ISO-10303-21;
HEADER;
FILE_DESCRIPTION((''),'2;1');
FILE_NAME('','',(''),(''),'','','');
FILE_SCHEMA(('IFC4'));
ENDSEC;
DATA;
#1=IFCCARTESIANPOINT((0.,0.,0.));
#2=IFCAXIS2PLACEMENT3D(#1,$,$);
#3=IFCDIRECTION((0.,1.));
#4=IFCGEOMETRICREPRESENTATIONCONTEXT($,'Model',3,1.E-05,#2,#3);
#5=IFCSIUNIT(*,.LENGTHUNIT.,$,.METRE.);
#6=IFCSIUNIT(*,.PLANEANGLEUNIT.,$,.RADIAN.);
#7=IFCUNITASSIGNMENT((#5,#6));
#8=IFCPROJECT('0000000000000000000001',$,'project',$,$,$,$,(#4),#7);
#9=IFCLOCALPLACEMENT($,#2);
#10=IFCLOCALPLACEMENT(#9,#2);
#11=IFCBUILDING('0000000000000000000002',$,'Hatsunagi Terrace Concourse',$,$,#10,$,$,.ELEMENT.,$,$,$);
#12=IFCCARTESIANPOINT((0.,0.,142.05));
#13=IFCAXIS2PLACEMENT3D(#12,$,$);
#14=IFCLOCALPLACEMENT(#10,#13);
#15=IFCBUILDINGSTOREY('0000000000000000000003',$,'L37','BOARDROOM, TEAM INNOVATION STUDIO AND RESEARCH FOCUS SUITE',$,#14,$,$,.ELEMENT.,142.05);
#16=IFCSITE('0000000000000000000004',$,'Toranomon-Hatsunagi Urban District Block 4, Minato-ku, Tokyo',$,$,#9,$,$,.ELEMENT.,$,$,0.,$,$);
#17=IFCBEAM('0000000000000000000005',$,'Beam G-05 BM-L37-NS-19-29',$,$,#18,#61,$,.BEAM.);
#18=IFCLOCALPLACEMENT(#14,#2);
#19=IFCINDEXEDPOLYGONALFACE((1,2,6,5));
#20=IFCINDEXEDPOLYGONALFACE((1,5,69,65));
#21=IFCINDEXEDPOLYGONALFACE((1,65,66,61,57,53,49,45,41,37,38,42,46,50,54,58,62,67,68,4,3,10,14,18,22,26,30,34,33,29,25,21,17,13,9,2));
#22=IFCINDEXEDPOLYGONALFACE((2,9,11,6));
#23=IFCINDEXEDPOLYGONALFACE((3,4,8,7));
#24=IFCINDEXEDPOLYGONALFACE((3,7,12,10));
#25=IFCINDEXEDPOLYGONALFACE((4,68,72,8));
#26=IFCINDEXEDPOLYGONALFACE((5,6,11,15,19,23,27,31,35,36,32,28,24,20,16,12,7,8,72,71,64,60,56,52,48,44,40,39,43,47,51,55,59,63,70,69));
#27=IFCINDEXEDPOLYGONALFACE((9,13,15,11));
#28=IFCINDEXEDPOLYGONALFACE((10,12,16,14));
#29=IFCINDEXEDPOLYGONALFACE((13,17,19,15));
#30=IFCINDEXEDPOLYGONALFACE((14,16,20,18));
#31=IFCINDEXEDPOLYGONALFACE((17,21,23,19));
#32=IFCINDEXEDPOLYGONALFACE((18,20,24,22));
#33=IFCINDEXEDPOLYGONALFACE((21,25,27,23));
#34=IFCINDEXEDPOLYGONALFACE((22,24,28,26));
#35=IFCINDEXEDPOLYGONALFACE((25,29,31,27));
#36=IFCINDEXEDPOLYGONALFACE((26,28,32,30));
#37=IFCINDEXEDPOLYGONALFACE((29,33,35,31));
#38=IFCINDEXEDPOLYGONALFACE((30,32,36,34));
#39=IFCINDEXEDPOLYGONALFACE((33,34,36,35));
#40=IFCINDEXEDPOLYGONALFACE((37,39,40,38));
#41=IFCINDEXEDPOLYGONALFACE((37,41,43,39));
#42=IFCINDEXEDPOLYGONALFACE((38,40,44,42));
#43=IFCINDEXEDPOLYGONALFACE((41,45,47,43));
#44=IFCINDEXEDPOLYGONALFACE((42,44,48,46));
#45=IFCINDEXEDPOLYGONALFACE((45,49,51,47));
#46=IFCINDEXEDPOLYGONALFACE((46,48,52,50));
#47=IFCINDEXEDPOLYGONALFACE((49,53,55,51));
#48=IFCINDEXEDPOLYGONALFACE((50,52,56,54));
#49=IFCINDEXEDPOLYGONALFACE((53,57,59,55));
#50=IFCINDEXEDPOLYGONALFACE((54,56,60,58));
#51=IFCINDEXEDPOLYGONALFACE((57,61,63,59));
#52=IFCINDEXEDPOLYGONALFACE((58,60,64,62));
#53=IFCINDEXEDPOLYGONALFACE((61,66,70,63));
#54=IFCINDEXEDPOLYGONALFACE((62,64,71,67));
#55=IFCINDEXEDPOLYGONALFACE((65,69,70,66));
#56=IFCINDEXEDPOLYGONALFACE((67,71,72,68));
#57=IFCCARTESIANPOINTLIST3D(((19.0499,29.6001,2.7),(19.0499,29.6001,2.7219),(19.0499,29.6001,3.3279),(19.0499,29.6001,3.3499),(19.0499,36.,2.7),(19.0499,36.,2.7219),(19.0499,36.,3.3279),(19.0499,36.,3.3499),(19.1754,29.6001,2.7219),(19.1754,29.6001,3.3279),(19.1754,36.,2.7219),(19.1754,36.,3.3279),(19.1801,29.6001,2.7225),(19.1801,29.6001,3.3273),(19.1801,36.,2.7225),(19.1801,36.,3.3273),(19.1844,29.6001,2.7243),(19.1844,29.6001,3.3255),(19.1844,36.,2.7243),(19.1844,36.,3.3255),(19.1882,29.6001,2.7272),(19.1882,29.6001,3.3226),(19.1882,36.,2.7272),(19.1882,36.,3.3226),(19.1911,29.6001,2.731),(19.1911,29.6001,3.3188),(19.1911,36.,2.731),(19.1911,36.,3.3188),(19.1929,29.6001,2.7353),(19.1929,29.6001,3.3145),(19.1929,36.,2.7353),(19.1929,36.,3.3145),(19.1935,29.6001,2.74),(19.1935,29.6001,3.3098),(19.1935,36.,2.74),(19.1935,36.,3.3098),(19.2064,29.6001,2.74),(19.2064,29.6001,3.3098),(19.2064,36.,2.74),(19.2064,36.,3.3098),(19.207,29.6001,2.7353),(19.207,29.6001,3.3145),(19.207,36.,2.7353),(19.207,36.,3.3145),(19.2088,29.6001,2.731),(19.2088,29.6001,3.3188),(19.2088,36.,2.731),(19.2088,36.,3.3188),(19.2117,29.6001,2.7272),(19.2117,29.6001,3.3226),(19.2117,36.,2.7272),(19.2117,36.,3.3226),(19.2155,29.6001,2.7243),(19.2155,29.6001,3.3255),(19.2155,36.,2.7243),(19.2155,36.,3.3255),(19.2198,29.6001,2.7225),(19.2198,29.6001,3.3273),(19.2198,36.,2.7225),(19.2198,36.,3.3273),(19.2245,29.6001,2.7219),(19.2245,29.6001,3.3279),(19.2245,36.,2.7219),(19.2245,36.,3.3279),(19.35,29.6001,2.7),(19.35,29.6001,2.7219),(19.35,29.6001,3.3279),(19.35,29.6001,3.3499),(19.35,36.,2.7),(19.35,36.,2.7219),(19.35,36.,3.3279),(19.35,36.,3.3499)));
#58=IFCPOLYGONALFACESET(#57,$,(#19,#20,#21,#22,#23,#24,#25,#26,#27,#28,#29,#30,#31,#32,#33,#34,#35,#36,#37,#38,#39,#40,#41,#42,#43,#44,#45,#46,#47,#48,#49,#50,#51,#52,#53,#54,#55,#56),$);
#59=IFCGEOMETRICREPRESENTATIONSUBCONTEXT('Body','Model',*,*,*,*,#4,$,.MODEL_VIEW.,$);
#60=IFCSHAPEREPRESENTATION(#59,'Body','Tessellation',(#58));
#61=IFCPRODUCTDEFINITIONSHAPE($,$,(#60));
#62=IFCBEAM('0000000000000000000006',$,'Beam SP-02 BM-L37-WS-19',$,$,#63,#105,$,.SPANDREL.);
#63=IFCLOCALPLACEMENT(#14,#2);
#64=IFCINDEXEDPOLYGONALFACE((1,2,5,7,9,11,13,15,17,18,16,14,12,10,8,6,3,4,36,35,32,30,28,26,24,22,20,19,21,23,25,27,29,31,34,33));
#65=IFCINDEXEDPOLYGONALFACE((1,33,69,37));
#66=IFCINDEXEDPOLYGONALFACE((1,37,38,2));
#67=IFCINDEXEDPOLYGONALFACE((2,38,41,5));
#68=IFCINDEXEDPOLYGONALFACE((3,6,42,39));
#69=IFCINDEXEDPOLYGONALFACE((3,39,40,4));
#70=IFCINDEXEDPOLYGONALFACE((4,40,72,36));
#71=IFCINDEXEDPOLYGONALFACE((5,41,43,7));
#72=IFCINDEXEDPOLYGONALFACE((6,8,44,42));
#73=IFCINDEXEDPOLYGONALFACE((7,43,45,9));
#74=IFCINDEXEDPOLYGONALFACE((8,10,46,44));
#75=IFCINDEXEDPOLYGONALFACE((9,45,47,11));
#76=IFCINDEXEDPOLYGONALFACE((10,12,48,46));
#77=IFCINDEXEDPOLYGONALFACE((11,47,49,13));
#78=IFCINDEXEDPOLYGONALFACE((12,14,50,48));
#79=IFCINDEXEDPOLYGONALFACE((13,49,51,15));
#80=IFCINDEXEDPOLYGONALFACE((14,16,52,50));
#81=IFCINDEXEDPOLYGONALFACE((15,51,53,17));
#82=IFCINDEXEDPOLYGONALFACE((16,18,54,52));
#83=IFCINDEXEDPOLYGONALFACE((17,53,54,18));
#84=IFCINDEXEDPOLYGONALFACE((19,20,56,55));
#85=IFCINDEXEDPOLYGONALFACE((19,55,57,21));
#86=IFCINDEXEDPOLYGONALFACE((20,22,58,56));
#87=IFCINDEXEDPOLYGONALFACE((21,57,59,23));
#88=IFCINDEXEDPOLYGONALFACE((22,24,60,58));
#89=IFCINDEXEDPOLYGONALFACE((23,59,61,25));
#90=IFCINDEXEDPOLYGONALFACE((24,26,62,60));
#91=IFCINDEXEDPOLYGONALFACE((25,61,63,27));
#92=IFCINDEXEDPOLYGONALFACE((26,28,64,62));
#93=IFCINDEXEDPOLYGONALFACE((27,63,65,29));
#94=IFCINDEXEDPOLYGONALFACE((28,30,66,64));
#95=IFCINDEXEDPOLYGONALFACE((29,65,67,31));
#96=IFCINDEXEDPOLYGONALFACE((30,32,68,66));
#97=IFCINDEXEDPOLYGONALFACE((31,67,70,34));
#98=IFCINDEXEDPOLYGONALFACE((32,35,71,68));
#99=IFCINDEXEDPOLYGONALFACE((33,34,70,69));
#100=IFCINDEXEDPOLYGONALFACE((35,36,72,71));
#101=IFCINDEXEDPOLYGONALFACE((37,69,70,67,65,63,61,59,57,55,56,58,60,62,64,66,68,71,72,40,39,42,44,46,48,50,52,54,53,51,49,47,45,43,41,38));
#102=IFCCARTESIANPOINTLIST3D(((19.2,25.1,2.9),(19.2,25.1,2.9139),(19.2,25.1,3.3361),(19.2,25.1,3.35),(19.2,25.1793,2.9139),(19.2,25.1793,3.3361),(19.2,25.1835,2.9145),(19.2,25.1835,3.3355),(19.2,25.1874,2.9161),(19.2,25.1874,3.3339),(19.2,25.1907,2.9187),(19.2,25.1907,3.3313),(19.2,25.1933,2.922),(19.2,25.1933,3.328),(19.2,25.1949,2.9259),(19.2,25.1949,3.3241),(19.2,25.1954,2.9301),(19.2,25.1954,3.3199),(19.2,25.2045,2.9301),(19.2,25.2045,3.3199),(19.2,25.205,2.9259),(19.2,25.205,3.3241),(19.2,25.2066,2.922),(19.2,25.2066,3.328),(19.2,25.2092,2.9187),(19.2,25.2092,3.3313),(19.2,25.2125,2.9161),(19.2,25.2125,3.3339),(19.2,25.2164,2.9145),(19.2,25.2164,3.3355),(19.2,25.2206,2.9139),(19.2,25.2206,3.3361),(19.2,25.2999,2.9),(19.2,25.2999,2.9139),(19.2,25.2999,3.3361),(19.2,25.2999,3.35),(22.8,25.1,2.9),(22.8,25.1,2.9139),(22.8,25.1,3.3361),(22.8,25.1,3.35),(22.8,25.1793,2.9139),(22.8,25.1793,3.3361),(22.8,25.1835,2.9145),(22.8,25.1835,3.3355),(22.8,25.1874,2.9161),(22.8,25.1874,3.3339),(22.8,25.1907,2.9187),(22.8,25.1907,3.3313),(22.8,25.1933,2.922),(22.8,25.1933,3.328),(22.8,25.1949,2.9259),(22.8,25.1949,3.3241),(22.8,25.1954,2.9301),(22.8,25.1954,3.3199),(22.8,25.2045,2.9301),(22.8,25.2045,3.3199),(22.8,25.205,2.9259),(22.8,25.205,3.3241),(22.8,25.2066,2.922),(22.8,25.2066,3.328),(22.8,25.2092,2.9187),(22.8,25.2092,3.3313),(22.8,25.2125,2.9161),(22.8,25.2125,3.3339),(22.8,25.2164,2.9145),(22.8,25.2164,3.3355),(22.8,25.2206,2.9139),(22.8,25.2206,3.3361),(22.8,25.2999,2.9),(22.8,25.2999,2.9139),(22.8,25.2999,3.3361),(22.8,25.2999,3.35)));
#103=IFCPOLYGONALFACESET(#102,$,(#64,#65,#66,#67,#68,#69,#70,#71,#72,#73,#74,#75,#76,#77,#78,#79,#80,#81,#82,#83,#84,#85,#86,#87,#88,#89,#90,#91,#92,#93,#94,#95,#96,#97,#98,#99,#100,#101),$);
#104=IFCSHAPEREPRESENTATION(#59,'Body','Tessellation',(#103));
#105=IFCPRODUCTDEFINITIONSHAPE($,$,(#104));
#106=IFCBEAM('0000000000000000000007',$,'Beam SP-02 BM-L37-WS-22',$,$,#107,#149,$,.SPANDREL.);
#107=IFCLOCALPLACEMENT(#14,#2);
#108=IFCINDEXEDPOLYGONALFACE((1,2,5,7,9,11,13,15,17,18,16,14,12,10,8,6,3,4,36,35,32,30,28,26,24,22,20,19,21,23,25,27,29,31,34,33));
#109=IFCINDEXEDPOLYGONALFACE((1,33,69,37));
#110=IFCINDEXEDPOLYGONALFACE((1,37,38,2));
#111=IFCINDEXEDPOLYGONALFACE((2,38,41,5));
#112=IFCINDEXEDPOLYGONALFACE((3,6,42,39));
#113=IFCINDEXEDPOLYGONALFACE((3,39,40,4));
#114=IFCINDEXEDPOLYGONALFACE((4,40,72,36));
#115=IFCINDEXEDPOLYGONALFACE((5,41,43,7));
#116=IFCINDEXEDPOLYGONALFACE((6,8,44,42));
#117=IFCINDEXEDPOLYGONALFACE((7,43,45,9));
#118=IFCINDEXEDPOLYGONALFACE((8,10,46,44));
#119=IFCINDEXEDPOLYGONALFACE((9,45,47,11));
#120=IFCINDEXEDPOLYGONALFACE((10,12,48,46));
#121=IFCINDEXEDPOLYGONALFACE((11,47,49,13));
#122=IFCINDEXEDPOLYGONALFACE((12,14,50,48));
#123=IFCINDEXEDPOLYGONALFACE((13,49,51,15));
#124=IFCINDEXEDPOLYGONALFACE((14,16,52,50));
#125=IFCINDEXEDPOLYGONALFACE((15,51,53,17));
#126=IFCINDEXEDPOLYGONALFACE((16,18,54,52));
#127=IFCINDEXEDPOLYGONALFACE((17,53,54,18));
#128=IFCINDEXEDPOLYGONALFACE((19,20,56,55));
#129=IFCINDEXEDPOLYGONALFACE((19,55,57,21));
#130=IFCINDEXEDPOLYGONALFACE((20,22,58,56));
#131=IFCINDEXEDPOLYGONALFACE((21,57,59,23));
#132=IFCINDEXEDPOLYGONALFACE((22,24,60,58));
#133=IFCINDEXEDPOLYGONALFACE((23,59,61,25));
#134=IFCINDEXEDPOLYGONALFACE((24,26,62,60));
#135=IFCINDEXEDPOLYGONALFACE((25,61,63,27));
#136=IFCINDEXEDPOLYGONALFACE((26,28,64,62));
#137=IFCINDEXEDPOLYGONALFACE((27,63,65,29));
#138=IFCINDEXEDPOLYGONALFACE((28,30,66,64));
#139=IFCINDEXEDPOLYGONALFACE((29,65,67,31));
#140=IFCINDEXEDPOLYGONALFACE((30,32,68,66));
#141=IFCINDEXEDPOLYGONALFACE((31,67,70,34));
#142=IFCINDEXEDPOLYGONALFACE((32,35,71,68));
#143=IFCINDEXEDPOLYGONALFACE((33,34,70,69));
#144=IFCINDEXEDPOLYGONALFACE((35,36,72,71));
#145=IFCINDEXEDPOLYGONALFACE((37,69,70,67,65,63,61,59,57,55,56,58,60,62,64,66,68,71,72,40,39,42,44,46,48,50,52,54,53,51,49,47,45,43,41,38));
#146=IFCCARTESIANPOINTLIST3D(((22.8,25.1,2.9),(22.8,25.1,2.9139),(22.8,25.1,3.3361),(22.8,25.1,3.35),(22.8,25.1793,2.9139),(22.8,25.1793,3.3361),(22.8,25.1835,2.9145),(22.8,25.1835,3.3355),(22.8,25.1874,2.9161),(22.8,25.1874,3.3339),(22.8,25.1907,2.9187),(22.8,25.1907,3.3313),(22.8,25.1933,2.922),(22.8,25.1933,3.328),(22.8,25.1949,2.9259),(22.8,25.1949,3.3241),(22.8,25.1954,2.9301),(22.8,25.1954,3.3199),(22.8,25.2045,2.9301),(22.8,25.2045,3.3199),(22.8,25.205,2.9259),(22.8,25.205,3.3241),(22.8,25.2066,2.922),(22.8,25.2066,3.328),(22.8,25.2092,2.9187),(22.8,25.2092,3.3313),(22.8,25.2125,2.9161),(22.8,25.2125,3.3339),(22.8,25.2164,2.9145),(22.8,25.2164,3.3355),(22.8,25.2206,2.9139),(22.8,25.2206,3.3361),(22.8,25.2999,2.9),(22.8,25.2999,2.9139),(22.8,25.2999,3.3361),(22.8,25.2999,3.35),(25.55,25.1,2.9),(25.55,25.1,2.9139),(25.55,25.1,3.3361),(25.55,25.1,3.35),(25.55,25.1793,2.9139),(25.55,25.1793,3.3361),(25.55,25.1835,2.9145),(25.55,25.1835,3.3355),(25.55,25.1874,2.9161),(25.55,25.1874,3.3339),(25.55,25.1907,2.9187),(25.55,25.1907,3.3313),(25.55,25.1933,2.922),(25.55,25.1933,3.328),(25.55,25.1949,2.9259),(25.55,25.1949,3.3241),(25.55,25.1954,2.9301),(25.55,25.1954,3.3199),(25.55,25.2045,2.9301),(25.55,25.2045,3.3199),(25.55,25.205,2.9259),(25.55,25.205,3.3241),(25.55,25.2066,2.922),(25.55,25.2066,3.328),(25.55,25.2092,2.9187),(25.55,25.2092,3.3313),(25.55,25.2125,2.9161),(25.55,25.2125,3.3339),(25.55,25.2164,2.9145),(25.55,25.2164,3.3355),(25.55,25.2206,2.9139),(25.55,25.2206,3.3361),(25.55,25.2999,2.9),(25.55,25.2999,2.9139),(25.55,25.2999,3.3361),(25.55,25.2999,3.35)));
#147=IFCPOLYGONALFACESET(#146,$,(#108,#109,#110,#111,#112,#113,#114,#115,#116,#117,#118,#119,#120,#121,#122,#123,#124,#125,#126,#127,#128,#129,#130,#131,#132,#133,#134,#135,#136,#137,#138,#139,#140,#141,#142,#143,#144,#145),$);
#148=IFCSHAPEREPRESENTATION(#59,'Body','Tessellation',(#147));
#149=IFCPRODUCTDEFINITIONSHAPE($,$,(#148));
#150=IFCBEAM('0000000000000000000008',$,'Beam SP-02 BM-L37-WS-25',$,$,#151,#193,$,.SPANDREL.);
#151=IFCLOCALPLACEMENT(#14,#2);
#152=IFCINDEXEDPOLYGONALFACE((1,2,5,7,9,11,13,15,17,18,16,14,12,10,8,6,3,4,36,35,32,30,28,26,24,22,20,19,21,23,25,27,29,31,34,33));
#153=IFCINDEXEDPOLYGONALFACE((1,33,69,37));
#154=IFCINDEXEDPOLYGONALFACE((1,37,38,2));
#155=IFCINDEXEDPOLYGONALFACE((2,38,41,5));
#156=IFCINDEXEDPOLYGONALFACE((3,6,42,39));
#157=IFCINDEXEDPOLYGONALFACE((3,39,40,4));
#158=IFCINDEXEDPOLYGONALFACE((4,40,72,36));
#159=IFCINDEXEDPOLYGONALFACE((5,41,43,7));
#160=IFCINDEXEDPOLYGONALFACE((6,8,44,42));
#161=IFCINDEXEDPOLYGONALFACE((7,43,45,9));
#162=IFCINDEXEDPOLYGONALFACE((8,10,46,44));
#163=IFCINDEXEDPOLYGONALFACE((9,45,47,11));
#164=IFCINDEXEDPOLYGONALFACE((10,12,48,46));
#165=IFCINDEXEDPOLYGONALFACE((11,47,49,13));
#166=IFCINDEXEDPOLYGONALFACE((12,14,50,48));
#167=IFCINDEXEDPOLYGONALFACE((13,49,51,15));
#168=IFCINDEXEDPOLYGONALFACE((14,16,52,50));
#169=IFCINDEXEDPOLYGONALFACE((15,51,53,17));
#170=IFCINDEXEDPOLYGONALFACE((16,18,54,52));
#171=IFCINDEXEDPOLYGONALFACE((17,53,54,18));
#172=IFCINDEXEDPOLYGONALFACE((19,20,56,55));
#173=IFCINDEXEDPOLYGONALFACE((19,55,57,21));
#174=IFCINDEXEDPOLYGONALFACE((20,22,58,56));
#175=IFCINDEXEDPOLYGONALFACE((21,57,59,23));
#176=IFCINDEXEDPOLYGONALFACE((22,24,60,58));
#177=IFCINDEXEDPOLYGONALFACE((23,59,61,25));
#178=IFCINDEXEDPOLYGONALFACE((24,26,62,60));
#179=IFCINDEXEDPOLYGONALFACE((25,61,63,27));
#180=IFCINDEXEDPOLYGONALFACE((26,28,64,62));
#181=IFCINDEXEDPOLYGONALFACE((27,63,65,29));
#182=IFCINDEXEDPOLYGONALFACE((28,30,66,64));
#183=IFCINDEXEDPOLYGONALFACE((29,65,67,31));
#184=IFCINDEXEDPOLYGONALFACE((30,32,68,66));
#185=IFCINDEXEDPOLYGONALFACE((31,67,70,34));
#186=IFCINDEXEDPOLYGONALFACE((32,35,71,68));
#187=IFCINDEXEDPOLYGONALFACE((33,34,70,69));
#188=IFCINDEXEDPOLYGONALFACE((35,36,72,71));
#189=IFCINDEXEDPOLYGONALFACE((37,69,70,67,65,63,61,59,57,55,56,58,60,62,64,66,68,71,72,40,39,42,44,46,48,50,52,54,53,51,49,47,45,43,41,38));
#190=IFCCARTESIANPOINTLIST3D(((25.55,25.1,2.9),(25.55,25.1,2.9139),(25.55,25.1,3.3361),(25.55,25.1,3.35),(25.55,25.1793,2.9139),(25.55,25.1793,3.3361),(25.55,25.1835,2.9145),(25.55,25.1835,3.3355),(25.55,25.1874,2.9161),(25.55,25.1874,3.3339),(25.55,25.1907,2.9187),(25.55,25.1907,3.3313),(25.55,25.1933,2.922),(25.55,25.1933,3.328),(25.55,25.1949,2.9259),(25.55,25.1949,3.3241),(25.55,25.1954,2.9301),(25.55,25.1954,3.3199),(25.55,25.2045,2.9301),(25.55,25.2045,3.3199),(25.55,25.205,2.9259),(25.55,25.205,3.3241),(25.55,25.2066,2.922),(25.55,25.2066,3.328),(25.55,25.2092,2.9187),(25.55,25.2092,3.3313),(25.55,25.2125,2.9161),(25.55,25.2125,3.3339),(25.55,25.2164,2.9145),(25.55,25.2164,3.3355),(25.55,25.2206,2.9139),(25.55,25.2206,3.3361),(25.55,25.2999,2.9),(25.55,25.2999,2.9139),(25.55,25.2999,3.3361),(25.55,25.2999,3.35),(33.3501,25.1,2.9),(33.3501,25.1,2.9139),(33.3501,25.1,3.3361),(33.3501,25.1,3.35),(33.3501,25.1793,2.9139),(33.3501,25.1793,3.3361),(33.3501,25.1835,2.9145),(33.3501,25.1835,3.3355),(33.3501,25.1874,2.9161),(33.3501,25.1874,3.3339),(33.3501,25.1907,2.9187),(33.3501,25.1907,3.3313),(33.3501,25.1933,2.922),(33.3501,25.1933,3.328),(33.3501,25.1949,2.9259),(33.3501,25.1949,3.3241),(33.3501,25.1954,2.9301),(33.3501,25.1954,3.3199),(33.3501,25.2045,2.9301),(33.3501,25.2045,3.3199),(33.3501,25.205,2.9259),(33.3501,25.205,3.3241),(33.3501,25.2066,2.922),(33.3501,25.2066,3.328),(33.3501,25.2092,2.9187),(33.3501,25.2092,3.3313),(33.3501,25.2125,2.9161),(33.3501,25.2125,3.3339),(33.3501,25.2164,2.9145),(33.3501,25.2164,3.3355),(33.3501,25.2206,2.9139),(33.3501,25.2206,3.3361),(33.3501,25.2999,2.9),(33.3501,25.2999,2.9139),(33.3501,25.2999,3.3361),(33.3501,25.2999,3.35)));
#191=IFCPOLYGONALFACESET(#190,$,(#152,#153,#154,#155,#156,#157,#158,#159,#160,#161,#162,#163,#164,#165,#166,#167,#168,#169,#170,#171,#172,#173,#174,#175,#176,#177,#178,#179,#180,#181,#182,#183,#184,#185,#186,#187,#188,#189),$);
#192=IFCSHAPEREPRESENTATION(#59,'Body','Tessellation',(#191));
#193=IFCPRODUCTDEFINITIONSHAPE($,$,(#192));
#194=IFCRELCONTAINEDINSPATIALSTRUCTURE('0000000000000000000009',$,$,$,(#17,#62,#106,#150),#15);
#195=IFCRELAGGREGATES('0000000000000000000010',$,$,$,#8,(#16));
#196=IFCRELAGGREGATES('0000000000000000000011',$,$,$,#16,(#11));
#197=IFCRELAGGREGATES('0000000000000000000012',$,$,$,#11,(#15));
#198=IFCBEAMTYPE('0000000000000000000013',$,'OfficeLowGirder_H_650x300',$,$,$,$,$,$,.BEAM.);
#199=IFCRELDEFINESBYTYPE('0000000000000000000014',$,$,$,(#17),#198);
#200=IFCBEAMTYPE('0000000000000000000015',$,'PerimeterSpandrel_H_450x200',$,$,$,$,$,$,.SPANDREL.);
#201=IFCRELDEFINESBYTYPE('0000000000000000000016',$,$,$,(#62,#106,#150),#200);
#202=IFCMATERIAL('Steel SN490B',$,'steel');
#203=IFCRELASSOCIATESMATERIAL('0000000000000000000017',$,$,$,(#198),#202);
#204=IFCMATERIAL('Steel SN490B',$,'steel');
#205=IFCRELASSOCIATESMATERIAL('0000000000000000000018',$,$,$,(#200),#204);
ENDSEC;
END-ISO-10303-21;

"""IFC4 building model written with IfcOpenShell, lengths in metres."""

from ifc_helpers import new_model, si_unit, direction, frame, origin, origin_2d, place, context, subcontext, project, spatial, i_section, extrude, material, material_profile, profile_set, type_object, element, save


model = new_model("IFC4")

# Units and contexts
model_context = context("Model", 3, precision=1e-05, world=origin(), true_north=direction((0.0, 1.0)))
body_context = subcontext(model_context, "Body", "Model", "MODEL_VIEW")
ifc_project = project(units=[si_unit("LENGTHUNIT", "METRE"), si_unit("PLANEANGLEUNIT", "RADIAN")], contexts=[model_context])

# Site, building, storey
site_placement = place(None, origin())
site = spatial("IfcSite", under=ifc_project, at=site_placement, Name="Toranomon-Hatsunagi Urban District Block 4, Minato-ku, Tokyo", CompositionType="ELEMENT", RefElevation=0.0)
building_placement = place(site_placement, origin())
building = spatial("IfcBuilding", under=site, at=building_placement, Name="Hatsunagi Terrace Concourse", CompositionType="ELEMENT")
storey_placement = place(building_placement, frame((0.0, 0.0, 142.05)))
storey = spatial("IfcBuildingStorey", under=building, at=storey_placement, Name="L37", Description="BOARDROOM, TEAM INNOVATION STUDIO AND RESEARCH FOCUS SUITE", CompositionType="ELEMENT", Elevation=142.05)

# Beams
ifc_material_1 = material(Name="Steel SN490B", Category="steel")
ifc_material_profile_1 = material_profile(ifc_material_1, i_section(OverallWidth=0.3, OverallDepth=0.6499, WebThickness=0.0129, FlangeThickness=0.022, FilletRadius=0.0181, at=origin_2d()), Name="H-650x300x13x22")
ifc_profile_set_1 = profile_set([ifc_material_profile_1], Name="Steel SN490B")
beam_type_1 = type_object("IfcBeamType", Name="OfficeLowGirder_H_650x300", PredefinedType="BEAM", material=ifc_profile_set_1)
beam_1_placement = place(storey_placement, frame((19.2, 29.6001, 3.0249), z_axis=(0.0, 1.0, 0.0), x_axis=(-1.0, 0.0, 0.0)))
element("IfcBeam", 1, at=beam_1_placement, inside=storey, type_object=beam_type_1, Name="Beam G-05 BM-L37-NS-19-29", PredefinedType="BEAM", context=body_context, shape_type="SweptSolid", body=[
    extrude(i_section(OverallWidth=0.3, OverallDepth=0.6499, WebThickness=0.0129, FlangeThickness=0.022, FilletRadius=0.0181, at=origin_2d()), origin(), (0.0, 0.0, 1.0), 6.3999),
])
ifc_material_2 = material(Name="Steel SN490B", Category="steel")
ifc_material_profile_2 = material_profile(ifc_material_2, i_section(OverallWidth=0.2, OverallDepth=0.45, WebThickness=0.009, FlangeThickness=0.0139, FilletRadius=0.0161, at=origin_2d()), Name="H-450x200x9x14")
ifc_profile_set_2 = profile_set([ifc_material_profile_2], Name="Steel SN490B")
beam_type_2 = type_object("IfcBeamType", Name="PerimeterSpandrel_H_450x200", PredefinedType="SPANDREL", material=ifc_profile_set_2)
beam_2_placement = place(storey_placement, frame((19.2, 25.2, 3.125), z_axis=(1.0, 0.0, 0.0), x_axis=(0.0, 1.0, 0.0)))
element("IfcBeam", 2, at=beam_2_placement, inside=storey, type_object=beam_type_2, Name="Beam SP-02 BM-L37-WS-19", PredefinedType="SPANDREL", context=body_context, shape_type="SweptSolid", body=[
    extrude(i_section(OverallWidth=0.2, OverallDepth=0.45, WebThickness=0.009, FlangeThickness=0.0139, FilletRadius=0.0161, at=origin_2d()), origin(), (0.0, 0.0, 1.0), 3.6001),
])
beam_3_placement = place(storey_placement, frame((22.8, 25.2, 3.125), z_axis=(1.0, 0.0, 0.0), x_axis=(0.0, 1.0, 0.0)))
element("IfcBeam", 3, at=beam_3_placement, inside=storey, type_object=beam_type_2, Name="Beam SP-02 BM-L37-WS-22", PredefinedType="SPANDREL", context=body_context, shape_type="SweptSolid", body=[
    extrude(i_section(OverallWidth=0.2, OverallDepth=0.45, WebThickness=0.009, FlangeThickness=0.0139, FilletRadius=0.0161, at=origin_2d()), origin(), (0.0, 0.0, 1.0), 2.75),
])
beam_4_placement = place(storey_placement, frame((25.55, 25.2, 3.125), z_axis=(1.0, 0.0, 0.0), x_axis=(0.0, 1.0, 0.0)))
element("IfcBeam", 4, at=beam_4_placement, inside=storey, type_object=beam_type_2, Name="Beam SP-02 BM-L37-WS-25", PredefinedType="SPANDREL", context=body_context, shape_type="SweptSolid", body=[
    extrude(i_section(OverallWidth=0.2, OverallDepth=0.45, WebThickness=0.009, FlangeThickness=0.0139, FilletRadius=0.0161, at=origin_2d()), origin(), (0.0, 0.0, 1.0), 7.8),
])

save(model, "model.ifc")
